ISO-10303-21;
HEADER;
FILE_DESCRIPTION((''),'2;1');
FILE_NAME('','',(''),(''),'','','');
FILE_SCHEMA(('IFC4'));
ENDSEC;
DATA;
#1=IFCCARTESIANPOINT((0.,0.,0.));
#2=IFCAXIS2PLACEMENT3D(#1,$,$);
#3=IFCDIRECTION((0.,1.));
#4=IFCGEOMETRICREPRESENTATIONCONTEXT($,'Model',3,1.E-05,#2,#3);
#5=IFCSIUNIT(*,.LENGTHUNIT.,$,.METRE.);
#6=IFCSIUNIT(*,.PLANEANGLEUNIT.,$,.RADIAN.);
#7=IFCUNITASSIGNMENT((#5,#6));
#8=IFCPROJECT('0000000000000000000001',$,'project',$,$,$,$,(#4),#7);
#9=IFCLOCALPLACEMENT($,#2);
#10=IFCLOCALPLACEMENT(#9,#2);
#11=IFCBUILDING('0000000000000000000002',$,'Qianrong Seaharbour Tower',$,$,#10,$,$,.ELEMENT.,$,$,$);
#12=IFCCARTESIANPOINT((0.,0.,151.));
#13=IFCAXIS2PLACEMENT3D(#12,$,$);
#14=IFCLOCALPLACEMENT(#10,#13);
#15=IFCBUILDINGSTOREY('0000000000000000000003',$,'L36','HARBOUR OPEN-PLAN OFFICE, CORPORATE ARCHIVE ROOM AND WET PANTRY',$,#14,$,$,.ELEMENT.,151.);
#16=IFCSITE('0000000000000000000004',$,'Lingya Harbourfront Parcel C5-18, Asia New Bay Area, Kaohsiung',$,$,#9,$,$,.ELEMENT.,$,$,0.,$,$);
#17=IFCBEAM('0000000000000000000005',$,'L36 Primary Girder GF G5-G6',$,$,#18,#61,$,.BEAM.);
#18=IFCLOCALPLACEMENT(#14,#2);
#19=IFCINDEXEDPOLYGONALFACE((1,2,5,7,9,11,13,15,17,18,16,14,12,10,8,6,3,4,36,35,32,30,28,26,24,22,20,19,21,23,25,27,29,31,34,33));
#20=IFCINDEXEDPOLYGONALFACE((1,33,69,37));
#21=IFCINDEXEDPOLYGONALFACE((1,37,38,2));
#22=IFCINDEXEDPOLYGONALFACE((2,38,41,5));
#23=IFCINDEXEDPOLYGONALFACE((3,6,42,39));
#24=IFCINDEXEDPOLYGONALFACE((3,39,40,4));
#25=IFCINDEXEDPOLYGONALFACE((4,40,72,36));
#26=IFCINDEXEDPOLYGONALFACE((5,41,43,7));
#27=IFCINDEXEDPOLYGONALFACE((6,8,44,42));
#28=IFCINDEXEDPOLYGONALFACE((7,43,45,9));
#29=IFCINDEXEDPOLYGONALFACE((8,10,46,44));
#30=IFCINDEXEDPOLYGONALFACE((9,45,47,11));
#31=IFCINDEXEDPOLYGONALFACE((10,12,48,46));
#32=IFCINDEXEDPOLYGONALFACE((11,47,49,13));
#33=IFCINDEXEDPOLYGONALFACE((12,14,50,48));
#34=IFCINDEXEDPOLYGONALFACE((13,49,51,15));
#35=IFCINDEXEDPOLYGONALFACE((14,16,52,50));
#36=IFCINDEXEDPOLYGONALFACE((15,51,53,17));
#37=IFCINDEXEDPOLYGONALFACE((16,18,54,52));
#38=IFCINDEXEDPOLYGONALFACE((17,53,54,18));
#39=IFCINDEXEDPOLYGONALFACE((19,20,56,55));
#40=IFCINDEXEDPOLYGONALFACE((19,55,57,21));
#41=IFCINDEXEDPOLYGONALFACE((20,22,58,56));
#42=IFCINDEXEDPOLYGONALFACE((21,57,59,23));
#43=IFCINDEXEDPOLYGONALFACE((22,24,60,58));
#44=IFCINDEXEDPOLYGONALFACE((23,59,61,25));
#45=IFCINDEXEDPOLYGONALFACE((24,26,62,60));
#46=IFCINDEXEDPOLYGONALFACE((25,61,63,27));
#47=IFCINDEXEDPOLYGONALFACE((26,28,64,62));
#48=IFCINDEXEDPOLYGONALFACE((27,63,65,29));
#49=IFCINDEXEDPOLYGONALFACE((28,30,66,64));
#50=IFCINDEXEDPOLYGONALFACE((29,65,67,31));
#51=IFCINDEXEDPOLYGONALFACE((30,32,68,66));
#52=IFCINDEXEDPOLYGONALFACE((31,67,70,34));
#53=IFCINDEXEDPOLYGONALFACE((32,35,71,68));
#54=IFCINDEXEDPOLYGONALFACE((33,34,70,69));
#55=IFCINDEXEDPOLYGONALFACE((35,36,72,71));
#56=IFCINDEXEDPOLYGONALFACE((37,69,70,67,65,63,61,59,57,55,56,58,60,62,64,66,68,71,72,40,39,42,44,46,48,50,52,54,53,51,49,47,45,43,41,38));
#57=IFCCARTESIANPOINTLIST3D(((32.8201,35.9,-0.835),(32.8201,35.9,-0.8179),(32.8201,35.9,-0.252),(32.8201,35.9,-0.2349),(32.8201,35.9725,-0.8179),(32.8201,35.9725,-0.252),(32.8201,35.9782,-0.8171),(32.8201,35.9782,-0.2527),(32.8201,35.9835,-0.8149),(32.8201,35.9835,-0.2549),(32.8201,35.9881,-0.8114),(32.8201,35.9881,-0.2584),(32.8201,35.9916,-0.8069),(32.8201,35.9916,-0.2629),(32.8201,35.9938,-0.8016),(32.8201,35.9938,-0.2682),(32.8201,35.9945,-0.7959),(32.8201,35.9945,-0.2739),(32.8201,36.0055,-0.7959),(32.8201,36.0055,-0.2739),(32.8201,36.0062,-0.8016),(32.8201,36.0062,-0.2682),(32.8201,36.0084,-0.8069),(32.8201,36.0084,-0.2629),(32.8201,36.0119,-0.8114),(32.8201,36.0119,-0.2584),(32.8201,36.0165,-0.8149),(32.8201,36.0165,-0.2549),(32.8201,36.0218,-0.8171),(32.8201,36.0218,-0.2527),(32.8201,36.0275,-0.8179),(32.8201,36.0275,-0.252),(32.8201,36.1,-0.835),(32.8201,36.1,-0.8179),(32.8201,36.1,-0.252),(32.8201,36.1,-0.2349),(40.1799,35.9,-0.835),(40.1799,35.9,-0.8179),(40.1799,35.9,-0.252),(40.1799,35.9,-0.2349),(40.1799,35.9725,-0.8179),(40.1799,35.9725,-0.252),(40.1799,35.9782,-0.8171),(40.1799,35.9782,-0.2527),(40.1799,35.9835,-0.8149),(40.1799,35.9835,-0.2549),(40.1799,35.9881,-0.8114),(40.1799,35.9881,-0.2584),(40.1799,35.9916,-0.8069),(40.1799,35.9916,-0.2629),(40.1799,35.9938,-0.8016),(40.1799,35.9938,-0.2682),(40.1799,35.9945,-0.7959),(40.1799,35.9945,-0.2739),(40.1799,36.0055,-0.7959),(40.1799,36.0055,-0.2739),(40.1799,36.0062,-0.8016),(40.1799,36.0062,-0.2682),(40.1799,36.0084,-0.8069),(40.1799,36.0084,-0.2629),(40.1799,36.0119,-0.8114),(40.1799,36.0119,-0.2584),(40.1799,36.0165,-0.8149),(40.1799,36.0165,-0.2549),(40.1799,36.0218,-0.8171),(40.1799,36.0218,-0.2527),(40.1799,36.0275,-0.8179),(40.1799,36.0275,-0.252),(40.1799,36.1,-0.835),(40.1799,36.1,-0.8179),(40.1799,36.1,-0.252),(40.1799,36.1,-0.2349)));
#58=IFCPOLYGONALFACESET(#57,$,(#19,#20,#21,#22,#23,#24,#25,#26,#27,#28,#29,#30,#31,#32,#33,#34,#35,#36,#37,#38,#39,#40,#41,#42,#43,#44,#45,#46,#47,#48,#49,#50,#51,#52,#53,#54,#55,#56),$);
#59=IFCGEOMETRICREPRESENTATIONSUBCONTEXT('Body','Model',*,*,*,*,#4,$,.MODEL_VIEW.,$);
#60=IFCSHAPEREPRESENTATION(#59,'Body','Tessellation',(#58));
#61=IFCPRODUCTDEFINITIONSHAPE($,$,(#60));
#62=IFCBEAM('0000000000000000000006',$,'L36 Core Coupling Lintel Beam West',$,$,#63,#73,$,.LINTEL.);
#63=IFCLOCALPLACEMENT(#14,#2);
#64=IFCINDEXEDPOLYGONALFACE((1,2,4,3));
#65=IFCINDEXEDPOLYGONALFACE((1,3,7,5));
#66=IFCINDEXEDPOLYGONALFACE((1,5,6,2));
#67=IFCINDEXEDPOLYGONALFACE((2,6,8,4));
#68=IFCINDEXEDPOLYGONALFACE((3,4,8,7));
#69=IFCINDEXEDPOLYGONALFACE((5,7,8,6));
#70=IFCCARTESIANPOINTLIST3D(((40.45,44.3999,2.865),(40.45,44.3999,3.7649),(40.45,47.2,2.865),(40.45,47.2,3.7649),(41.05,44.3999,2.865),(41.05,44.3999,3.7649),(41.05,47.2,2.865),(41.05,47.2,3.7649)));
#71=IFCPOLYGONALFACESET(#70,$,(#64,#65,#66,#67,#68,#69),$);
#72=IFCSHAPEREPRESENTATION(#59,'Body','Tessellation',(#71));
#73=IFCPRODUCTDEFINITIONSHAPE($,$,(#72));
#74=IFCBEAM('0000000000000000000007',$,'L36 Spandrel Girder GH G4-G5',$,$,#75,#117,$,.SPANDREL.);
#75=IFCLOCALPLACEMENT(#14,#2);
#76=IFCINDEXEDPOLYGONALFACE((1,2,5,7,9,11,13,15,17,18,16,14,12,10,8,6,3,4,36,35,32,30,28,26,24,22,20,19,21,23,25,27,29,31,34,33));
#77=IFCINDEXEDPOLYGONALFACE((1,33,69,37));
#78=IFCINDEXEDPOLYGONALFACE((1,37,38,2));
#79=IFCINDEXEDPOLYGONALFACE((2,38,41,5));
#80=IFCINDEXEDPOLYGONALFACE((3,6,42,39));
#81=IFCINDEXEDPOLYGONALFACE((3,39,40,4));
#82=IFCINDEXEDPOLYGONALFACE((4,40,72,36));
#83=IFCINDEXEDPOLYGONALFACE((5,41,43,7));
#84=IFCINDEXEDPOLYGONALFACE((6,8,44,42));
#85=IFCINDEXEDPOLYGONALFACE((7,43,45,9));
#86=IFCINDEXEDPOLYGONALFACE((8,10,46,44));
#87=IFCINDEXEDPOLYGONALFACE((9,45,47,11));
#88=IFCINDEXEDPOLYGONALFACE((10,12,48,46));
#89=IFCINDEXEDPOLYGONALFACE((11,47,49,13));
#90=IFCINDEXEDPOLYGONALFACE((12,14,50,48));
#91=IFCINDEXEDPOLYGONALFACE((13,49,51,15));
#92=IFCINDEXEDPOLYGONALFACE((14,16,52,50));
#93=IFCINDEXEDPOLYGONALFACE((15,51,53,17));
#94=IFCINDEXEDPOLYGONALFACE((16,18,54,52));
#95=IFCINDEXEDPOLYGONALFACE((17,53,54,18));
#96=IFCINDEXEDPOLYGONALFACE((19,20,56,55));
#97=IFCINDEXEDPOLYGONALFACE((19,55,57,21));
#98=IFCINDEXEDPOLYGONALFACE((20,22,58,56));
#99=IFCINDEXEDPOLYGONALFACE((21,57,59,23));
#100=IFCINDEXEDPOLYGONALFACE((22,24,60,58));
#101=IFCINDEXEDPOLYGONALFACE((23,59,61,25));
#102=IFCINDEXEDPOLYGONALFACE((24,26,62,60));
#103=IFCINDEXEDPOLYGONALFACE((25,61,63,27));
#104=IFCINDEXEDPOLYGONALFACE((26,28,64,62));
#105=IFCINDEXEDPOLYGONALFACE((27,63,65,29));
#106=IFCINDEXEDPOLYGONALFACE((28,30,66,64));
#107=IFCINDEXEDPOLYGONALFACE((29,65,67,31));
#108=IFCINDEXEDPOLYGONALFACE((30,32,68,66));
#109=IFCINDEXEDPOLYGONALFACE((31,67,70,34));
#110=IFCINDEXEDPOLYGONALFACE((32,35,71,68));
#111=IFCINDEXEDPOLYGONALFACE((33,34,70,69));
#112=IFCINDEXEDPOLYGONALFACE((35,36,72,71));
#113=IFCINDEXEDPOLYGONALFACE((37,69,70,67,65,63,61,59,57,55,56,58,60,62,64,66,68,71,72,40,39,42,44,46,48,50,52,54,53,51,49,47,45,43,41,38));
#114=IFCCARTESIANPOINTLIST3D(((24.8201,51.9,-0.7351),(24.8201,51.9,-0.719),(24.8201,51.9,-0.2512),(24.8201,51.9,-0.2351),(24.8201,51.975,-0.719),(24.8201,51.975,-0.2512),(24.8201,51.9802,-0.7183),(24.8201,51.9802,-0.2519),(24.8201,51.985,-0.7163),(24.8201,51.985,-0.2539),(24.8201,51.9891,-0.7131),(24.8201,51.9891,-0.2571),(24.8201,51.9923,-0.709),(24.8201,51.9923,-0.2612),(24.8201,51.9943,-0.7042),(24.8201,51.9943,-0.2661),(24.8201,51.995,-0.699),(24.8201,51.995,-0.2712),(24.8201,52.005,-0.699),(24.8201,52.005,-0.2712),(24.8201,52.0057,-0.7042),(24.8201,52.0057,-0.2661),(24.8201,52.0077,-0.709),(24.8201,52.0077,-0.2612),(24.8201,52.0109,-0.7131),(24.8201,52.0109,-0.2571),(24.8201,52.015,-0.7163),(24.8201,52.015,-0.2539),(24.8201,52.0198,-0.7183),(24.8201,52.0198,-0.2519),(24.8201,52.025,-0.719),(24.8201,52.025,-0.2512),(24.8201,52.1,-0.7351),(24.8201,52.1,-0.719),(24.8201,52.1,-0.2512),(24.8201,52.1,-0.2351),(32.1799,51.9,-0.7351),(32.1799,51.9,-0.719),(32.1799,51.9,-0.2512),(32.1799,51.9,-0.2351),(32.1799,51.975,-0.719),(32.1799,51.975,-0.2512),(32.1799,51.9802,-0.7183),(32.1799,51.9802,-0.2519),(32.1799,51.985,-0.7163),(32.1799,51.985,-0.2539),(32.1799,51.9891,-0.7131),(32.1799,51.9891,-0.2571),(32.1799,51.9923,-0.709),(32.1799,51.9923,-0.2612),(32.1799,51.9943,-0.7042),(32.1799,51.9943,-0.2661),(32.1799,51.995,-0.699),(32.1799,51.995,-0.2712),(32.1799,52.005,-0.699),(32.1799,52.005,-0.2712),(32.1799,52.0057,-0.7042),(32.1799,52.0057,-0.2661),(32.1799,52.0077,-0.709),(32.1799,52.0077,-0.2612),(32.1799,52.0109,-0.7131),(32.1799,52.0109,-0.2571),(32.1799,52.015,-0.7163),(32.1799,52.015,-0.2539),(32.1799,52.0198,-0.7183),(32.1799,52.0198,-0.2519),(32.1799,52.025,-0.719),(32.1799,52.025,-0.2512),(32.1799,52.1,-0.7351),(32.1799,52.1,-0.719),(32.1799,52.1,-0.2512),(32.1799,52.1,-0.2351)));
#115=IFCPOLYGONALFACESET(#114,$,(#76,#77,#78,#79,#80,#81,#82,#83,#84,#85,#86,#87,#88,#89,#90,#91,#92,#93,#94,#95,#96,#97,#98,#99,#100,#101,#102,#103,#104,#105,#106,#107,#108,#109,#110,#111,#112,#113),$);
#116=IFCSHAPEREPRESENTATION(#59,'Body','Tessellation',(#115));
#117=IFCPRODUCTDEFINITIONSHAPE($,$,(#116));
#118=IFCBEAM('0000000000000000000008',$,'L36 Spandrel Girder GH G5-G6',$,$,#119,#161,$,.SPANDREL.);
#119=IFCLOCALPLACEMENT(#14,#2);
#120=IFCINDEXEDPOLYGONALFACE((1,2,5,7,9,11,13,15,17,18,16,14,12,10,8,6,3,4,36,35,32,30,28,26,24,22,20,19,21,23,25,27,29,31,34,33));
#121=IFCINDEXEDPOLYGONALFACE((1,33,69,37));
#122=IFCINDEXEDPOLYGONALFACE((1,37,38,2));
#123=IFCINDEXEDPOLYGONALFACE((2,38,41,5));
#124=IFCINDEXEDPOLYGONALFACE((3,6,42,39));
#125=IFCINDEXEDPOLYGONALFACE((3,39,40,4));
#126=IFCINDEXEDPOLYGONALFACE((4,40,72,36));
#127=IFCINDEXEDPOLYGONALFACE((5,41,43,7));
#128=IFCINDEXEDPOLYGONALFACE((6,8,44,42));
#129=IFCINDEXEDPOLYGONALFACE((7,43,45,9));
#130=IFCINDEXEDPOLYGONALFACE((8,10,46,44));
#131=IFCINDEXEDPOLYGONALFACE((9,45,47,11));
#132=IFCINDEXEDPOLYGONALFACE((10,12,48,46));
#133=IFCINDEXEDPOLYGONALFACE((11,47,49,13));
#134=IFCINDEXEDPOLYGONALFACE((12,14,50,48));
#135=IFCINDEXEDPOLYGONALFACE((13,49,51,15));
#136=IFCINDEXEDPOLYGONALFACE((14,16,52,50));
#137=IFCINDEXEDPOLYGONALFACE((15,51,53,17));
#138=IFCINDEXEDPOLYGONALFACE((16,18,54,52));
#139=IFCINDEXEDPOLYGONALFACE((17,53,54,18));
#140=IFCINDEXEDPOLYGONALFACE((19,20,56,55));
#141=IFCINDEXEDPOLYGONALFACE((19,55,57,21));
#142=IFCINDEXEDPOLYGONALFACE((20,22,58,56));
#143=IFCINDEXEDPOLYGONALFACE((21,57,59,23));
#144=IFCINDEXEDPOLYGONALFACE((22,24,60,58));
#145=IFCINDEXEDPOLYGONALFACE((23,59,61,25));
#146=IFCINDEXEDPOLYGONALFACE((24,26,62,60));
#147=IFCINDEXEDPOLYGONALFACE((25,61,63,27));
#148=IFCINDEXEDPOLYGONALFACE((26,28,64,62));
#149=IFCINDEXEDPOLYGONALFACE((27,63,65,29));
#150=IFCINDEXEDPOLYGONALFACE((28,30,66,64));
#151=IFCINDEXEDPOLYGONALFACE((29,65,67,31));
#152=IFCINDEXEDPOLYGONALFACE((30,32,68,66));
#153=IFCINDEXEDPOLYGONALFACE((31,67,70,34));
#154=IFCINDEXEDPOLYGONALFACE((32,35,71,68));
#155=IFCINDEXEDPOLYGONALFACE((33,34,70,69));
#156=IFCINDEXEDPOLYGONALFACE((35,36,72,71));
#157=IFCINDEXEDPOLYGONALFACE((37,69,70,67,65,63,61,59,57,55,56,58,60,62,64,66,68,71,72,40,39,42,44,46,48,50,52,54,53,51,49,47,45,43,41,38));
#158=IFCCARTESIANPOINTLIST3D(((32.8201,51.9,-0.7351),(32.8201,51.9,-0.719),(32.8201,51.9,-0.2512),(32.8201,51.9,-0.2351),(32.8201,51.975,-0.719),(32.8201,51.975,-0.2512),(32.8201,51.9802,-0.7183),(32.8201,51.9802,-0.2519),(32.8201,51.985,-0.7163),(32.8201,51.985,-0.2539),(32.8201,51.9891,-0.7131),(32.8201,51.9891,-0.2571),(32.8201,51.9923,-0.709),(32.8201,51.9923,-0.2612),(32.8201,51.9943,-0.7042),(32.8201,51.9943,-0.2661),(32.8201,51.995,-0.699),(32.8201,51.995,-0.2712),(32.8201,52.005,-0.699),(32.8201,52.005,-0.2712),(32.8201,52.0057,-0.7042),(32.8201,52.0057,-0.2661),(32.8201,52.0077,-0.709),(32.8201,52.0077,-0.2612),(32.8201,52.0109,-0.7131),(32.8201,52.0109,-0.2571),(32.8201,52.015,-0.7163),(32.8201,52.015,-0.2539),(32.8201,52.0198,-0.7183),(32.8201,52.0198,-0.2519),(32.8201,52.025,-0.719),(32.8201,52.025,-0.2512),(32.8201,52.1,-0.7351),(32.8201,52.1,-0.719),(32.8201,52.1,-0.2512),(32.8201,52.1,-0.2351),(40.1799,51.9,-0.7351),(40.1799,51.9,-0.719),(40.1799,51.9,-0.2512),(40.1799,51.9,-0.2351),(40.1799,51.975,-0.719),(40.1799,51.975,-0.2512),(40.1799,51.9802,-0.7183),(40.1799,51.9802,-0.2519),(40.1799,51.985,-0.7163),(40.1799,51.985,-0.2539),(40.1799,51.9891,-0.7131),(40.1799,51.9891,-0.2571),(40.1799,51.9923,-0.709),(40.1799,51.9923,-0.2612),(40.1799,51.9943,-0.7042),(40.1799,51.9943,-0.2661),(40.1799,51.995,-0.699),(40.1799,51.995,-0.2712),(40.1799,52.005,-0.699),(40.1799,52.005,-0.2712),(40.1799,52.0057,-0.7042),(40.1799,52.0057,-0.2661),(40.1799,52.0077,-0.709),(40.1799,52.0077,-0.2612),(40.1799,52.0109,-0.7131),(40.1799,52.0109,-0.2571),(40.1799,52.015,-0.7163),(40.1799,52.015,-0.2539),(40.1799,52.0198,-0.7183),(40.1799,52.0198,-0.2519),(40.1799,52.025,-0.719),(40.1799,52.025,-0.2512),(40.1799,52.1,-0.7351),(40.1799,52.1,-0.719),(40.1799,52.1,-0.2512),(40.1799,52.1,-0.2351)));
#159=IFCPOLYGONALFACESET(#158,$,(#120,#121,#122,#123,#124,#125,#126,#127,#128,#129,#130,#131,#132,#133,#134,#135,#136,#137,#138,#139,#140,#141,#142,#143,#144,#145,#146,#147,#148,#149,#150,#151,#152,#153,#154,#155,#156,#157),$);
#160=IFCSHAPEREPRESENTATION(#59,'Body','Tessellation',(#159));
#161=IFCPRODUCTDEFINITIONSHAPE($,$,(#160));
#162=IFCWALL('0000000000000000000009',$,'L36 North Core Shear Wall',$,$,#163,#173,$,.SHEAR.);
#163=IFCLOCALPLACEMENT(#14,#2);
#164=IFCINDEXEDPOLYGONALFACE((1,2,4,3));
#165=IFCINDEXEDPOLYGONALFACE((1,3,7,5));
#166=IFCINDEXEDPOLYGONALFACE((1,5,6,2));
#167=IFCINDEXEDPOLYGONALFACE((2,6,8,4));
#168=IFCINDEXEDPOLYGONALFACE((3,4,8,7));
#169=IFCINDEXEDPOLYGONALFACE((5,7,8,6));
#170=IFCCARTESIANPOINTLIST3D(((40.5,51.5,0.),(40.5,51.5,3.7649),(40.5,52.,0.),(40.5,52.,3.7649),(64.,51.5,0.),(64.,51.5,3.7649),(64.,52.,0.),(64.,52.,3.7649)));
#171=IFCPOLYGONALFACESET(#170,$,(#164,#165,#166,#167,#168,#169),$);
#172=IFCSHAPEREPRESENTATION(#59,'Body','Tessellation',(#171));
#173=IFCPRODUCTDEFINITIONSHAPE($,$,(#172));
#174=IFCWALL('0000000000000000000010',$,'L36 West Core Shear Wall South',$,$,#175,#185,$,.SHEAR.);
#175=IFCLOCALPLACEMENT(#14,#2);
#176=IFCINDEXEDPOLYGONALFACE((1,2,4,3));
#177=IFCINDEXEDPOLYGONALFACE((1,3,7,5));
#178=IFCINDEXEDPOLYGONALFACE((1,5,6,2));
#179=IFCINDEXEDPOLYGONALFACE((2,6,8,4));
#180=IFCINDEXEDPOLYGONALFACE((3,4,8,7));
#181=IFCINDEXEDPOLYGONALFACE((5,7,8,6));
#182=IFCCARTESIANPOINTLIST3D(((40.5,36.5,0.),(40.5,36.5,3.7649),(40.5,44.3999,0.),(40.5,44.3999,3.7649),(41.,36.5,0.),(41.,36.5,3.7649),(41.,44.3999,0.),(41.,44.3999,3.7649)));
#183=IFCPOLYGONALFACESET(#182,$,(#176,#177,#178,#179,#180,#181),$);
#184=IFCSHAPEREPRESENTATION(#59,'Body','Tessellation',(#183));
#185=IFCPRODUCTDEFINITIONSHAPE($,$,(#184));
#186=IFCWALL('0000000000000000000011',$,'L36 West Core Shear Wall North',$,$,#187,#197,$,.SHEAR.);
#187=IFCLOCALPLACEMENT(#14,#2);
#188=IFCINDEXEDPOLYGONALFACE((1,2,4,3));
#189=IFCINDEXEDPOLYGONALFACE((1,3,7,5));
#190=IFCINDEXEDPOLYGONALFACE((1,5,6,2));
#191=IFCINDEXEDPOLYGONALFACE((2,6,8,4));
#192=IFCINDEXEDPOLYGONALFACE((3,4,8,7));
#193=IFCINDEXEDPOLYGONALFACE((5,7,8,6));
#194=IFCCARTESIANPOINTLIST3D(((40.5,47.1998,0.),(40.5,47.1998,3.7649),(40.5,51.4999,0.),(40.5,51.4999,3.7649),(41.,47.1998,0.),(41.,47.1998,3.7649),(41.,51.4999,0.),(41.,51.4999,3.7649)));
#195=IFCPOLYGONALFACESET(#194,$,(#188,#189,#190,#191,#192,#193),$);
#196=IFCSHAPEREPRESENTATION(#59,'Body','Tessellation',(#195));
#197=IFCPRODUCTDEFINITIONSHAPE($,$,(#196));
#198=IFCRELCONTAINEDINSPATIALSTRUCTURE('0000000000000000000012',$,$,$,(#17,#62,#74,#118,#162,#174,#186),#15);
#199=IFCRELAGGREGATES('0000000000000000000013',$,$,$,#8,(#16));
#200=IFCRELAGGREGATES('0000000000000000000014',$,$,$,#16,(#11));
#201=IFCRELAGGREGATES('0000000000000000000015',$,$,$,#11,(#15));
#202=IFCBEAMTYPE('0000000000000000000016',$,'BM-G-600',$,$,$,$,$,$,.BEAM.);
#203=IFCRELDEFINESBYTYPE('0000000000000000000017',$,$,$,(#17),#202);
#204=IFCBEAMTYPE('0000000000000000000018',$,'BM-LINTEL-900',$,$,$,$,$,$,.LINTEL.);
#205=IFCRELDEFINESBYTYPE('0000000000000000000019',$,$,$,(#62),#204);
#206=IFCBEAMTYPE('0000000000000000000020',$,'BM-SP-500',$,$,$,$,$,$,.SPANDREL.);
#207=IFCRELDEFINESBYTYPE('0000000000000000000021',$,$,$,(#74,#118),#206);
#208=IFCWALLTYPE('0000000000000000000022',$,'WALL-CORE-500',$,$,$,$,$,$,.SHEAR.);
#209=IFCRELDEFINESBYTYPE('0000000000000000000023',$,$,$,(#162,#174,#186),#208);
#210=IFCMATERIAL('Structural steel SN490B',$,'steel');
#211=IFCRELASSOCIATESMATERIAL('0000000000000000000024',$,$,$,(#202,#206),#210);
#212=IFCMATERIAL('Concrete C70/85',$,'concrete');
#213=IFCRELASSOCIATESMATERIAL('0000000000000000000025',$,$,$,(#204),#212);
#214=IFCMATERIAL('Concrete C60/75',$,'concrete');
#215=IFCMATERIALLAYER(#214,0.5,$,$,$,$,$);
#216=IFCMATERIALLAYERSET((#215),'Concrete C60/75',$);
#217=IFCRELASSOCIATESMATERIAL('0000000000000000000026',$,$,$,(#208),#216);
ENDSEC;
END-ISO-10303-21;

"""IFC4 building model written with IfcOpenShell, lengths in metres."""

from ifc_helpers import new_model, si_unit, direction, frame, frame_2d, origin, origin_2d, place, context, subcontext, project, spatial, rectangle, i_section, extrude, material, layer, layer_set, material_profile, profile_set, type_object, element, save


model = new_model("IFC4")

# Units and contexts
model_context = context("Model", 3, precision=1e-05, world=origin(), true_north=direction((0.0, 1.0)))
body_context = subcontext(model_context, "Body", "Model", "MODEL_VIEW")
ifc_project = project(units=[si_unit("LENGTHUNIT", "METRE"), si_unit("PLANEANGLEUNIT", "RADIAN")], contexts=[model_context])

# Site, building, storey
site_placement = place(None, origin())
site = spatial("IfcSite", under=ifc_project, at=site_placement, Name="Lingya Harbourfront Parcel C5-18, Asia New Bay Area, Kaohsiung", CompositionType="ELEMENT", RefElevation=0.0)
building_placement = place(site_placement, origin())
building = spatial("IfcBuilding", under=site, at=building_placement, Name="Qianrong Seaharbour Tower", CompositionType="ELEMENT")
storey_placement = place(building_placement, frame((0.0, 0.0, 151.0)))
storey = spatial("IfcBuildingStorey", under=building, at=storey_placement, Name="L36", Description="HARBOUR OPEN-PLAN OFFICE, CORPORATE ARCHIVE ROOM AND WET PANTRY", CompositionType="ELEMENT", Elevation=151.0)

# Shared definitions
ifc_material_1 = material(Name="Structural steel SN490B", Category="steel")

# Beams
ifc_material_profile_1 = material_profile(ifc_material_1, i_section(OverallWidth=0.2, OverallDepth=0.6001, WebThickness=0.011, FlangeThickness=0.0171, FilletRadius=0.022, at=origin_2d()), Name="H600x200x11x17")
ifc_profile_set_1 = profile_set([ifc_material_profile_1], Name="Structural steel SN490B")
beam_type_1 = type_object("IfcBeamType", Name="BM-G-600", PredefinedType="BEAM", material=ifc_profile_set_1)
beam_1_placement = place(storey_placement, frame((32.8201, 36.0, -0.5349), z_axis=(1.0, 0.0, 0.0), x_axis=(0.0, 1.0, 0.0)))
element("IfcBeam", 1, at=beam_1_placement, inside=storey, type_object=beam_type_1, Name="L36 Primary Girder GF G5-G6", PredefinedType="BEAM", context=body_context, shape_type="SweptSolid", body=[
    extrude(i_section(OverallWidth=0.2, OverallDepth=0.6001, WebThickness=0.011, FlangeThickness=0.0171, FilletRadius=0.022, at=origin_2d()), origin(), (0.0, 0.0, 1.0), 7.3599),
])
ifc_material_2 = material(Name="Concrete C70/85", Category="concrete")
ifc_material_profile_2 = material_profile(ifc_material_2, rectangle(XDim=0.6001, YDim=0.8999, at=origin_2d()), Name="RC600x900")
ifc_profile_set_2 = profile_set([ifc_material_profile_2], Name="Concrete C70/85")
beam_type_2 = type_object("IfcBeamType", Name="BM-LINTEL-900", PredefinedType="LINTEL", material=ifc_profile_set_2)
beam_2_placement = place(storey_placement, frame((40.75, 44.3999, 3.3149), z_axis=(0.0, 1.0, 0.0), x_axis=(-1.0, 0.0, 0.0)))
element("IfcBeam", 2, at=beam_2_placement, inside=storey, type_object=beam_type_2, Name="L36 Core Coupling Lintel Beam West", PredefinedType="LINTEL", context=body_context, shape_type="SweptSolid", body=[
    extrude(rectangle(XDim=0.6001, YDim=0.8999, at=origin_2d()), origin(), (0.0, 0.0, 1.0), 2.8),
])
ifc_material_profile_3 = material_profile(ifc_material_1, i_section(OverallWidth=0.2, OverallDepth=0.5, WebThickness=0.01, FlangeThickness=0.0161, FilletRadius=0.02, at=origin_2d()), Name="H500x200x10x16")
ifc_profile_set_3 = profile_set([ifc_material_profile_3], Name="Structural steel SN490B")
beam_type_3 = type_object("IfcBeamType", Name="BM-SP-500", PredefinedType="SPANDREL", material=ifc_profile_set_3)
for number, where, z_axis, x_axis, name in (
    (3, (24.8201, 52.0, -0.4851), (1.0, 0.0, 0.0), (0.0, 1.0, 0.0), "L36 Spandrel Girder GH G4-G5"),
    (4, (32.8201, 52.0, -0.4851), (1.0, 0.0, 0.0), (0.0, 1.0, 0.0), "L36 Spandrel Girder GH G5-G6"),
):
    element("IfcBeam", number, at=place(storey_placement, frame(where, z_axis=z_axis, x_axis=x_axis)), inside=storey, type_object=beam_type_3, Name=name, PredefinedType="SPANDREL", context=body_context, shape_type="SweptSolid", body=[
        extrude(i_section(OverallWidth=0.2, OverallDepth=0.5, WebThickness=0.01, FlangeThickness=0.0161, FilletRadius=0.02, at=origin_2d()), origin(), (0.0, 0.0, 1.0), 7.3599),
    ])

# Walls
ifc_material_3 = material(Name="Concrete C60/75", Category="concrete")
ifc_layer_1 = layer(ifc_material_3, 0.5)
ifc_layer_set_1 = layer_set([ifc_layer_1], Name="Concrete C60/75")
wall_type_1 = type_object("IfcWallType", Name="WALL-CORE-500", PredefinedType="SHEAR", material=ifc_layer_set_1)
wall_1_placement = place(storey_placement, frame((40.5, 51.75, 0.0), z_axis=(0.0, 0.0, 1.0), x_axis=(1.0, 0.0, 0.0)))
element("IfcWall", 5, at=wall_1_placement, inside=storey, type_object=wall_type_1, Name="L36 North Core Shear Wall", PredefinedType="SHEAR", context=body_context, shape_type="SweptSolid", body=[
    extrude(rectangle(XDim=23.5, YDim=0.5, at=frame_2d((11.75, 0.0))), origin(), (0.0, 0.0, 1.0), 3.7649),
])
wall_2_placement = place(storey_placement, frame((40.75, 36.5, 0.0), z_axis=(0.0, 0.0, 1.0), x_axis=(0.0, 1.0, 0.0)))
element("IfcWall", 6, at=wall_2_placement, inside=storey, type_object=wall_type_1, Name="L36 West Core Shear Wall South", PredefinedType="SHEAR", context=body_context, shape_type="SweptSolid", body=[
    extrude(rectangle(XDim=7.8999, YDim=0.5, at=frame_2d((3.95, 0.0))), origin(), (0.0, 0.0, 1.0), 3.7649),
])
wall_3_placement = place(storey_placement, frame((40.75, 47.2, 0.0), z_axis=(0.0, 0.0, 1.0), x_axis=(0.0, 1.0, 0.0)))
element("IfcWall", 7, at=wall_3_placement, inside=storey, type_object=wall_type_1, Name="L36 West Core Shear Wall North", PredefinedType="SHEAR", context=body_context, shape_type="SweptSolid", body=[
    extrude(rectangle(XDim=4.3, YDim=0.5, at=frame_2d((2.1499, 0.0))), origin(), (0.0, 0.0, 1.0), 3.7649),
])

save(model, "model.ifc")
